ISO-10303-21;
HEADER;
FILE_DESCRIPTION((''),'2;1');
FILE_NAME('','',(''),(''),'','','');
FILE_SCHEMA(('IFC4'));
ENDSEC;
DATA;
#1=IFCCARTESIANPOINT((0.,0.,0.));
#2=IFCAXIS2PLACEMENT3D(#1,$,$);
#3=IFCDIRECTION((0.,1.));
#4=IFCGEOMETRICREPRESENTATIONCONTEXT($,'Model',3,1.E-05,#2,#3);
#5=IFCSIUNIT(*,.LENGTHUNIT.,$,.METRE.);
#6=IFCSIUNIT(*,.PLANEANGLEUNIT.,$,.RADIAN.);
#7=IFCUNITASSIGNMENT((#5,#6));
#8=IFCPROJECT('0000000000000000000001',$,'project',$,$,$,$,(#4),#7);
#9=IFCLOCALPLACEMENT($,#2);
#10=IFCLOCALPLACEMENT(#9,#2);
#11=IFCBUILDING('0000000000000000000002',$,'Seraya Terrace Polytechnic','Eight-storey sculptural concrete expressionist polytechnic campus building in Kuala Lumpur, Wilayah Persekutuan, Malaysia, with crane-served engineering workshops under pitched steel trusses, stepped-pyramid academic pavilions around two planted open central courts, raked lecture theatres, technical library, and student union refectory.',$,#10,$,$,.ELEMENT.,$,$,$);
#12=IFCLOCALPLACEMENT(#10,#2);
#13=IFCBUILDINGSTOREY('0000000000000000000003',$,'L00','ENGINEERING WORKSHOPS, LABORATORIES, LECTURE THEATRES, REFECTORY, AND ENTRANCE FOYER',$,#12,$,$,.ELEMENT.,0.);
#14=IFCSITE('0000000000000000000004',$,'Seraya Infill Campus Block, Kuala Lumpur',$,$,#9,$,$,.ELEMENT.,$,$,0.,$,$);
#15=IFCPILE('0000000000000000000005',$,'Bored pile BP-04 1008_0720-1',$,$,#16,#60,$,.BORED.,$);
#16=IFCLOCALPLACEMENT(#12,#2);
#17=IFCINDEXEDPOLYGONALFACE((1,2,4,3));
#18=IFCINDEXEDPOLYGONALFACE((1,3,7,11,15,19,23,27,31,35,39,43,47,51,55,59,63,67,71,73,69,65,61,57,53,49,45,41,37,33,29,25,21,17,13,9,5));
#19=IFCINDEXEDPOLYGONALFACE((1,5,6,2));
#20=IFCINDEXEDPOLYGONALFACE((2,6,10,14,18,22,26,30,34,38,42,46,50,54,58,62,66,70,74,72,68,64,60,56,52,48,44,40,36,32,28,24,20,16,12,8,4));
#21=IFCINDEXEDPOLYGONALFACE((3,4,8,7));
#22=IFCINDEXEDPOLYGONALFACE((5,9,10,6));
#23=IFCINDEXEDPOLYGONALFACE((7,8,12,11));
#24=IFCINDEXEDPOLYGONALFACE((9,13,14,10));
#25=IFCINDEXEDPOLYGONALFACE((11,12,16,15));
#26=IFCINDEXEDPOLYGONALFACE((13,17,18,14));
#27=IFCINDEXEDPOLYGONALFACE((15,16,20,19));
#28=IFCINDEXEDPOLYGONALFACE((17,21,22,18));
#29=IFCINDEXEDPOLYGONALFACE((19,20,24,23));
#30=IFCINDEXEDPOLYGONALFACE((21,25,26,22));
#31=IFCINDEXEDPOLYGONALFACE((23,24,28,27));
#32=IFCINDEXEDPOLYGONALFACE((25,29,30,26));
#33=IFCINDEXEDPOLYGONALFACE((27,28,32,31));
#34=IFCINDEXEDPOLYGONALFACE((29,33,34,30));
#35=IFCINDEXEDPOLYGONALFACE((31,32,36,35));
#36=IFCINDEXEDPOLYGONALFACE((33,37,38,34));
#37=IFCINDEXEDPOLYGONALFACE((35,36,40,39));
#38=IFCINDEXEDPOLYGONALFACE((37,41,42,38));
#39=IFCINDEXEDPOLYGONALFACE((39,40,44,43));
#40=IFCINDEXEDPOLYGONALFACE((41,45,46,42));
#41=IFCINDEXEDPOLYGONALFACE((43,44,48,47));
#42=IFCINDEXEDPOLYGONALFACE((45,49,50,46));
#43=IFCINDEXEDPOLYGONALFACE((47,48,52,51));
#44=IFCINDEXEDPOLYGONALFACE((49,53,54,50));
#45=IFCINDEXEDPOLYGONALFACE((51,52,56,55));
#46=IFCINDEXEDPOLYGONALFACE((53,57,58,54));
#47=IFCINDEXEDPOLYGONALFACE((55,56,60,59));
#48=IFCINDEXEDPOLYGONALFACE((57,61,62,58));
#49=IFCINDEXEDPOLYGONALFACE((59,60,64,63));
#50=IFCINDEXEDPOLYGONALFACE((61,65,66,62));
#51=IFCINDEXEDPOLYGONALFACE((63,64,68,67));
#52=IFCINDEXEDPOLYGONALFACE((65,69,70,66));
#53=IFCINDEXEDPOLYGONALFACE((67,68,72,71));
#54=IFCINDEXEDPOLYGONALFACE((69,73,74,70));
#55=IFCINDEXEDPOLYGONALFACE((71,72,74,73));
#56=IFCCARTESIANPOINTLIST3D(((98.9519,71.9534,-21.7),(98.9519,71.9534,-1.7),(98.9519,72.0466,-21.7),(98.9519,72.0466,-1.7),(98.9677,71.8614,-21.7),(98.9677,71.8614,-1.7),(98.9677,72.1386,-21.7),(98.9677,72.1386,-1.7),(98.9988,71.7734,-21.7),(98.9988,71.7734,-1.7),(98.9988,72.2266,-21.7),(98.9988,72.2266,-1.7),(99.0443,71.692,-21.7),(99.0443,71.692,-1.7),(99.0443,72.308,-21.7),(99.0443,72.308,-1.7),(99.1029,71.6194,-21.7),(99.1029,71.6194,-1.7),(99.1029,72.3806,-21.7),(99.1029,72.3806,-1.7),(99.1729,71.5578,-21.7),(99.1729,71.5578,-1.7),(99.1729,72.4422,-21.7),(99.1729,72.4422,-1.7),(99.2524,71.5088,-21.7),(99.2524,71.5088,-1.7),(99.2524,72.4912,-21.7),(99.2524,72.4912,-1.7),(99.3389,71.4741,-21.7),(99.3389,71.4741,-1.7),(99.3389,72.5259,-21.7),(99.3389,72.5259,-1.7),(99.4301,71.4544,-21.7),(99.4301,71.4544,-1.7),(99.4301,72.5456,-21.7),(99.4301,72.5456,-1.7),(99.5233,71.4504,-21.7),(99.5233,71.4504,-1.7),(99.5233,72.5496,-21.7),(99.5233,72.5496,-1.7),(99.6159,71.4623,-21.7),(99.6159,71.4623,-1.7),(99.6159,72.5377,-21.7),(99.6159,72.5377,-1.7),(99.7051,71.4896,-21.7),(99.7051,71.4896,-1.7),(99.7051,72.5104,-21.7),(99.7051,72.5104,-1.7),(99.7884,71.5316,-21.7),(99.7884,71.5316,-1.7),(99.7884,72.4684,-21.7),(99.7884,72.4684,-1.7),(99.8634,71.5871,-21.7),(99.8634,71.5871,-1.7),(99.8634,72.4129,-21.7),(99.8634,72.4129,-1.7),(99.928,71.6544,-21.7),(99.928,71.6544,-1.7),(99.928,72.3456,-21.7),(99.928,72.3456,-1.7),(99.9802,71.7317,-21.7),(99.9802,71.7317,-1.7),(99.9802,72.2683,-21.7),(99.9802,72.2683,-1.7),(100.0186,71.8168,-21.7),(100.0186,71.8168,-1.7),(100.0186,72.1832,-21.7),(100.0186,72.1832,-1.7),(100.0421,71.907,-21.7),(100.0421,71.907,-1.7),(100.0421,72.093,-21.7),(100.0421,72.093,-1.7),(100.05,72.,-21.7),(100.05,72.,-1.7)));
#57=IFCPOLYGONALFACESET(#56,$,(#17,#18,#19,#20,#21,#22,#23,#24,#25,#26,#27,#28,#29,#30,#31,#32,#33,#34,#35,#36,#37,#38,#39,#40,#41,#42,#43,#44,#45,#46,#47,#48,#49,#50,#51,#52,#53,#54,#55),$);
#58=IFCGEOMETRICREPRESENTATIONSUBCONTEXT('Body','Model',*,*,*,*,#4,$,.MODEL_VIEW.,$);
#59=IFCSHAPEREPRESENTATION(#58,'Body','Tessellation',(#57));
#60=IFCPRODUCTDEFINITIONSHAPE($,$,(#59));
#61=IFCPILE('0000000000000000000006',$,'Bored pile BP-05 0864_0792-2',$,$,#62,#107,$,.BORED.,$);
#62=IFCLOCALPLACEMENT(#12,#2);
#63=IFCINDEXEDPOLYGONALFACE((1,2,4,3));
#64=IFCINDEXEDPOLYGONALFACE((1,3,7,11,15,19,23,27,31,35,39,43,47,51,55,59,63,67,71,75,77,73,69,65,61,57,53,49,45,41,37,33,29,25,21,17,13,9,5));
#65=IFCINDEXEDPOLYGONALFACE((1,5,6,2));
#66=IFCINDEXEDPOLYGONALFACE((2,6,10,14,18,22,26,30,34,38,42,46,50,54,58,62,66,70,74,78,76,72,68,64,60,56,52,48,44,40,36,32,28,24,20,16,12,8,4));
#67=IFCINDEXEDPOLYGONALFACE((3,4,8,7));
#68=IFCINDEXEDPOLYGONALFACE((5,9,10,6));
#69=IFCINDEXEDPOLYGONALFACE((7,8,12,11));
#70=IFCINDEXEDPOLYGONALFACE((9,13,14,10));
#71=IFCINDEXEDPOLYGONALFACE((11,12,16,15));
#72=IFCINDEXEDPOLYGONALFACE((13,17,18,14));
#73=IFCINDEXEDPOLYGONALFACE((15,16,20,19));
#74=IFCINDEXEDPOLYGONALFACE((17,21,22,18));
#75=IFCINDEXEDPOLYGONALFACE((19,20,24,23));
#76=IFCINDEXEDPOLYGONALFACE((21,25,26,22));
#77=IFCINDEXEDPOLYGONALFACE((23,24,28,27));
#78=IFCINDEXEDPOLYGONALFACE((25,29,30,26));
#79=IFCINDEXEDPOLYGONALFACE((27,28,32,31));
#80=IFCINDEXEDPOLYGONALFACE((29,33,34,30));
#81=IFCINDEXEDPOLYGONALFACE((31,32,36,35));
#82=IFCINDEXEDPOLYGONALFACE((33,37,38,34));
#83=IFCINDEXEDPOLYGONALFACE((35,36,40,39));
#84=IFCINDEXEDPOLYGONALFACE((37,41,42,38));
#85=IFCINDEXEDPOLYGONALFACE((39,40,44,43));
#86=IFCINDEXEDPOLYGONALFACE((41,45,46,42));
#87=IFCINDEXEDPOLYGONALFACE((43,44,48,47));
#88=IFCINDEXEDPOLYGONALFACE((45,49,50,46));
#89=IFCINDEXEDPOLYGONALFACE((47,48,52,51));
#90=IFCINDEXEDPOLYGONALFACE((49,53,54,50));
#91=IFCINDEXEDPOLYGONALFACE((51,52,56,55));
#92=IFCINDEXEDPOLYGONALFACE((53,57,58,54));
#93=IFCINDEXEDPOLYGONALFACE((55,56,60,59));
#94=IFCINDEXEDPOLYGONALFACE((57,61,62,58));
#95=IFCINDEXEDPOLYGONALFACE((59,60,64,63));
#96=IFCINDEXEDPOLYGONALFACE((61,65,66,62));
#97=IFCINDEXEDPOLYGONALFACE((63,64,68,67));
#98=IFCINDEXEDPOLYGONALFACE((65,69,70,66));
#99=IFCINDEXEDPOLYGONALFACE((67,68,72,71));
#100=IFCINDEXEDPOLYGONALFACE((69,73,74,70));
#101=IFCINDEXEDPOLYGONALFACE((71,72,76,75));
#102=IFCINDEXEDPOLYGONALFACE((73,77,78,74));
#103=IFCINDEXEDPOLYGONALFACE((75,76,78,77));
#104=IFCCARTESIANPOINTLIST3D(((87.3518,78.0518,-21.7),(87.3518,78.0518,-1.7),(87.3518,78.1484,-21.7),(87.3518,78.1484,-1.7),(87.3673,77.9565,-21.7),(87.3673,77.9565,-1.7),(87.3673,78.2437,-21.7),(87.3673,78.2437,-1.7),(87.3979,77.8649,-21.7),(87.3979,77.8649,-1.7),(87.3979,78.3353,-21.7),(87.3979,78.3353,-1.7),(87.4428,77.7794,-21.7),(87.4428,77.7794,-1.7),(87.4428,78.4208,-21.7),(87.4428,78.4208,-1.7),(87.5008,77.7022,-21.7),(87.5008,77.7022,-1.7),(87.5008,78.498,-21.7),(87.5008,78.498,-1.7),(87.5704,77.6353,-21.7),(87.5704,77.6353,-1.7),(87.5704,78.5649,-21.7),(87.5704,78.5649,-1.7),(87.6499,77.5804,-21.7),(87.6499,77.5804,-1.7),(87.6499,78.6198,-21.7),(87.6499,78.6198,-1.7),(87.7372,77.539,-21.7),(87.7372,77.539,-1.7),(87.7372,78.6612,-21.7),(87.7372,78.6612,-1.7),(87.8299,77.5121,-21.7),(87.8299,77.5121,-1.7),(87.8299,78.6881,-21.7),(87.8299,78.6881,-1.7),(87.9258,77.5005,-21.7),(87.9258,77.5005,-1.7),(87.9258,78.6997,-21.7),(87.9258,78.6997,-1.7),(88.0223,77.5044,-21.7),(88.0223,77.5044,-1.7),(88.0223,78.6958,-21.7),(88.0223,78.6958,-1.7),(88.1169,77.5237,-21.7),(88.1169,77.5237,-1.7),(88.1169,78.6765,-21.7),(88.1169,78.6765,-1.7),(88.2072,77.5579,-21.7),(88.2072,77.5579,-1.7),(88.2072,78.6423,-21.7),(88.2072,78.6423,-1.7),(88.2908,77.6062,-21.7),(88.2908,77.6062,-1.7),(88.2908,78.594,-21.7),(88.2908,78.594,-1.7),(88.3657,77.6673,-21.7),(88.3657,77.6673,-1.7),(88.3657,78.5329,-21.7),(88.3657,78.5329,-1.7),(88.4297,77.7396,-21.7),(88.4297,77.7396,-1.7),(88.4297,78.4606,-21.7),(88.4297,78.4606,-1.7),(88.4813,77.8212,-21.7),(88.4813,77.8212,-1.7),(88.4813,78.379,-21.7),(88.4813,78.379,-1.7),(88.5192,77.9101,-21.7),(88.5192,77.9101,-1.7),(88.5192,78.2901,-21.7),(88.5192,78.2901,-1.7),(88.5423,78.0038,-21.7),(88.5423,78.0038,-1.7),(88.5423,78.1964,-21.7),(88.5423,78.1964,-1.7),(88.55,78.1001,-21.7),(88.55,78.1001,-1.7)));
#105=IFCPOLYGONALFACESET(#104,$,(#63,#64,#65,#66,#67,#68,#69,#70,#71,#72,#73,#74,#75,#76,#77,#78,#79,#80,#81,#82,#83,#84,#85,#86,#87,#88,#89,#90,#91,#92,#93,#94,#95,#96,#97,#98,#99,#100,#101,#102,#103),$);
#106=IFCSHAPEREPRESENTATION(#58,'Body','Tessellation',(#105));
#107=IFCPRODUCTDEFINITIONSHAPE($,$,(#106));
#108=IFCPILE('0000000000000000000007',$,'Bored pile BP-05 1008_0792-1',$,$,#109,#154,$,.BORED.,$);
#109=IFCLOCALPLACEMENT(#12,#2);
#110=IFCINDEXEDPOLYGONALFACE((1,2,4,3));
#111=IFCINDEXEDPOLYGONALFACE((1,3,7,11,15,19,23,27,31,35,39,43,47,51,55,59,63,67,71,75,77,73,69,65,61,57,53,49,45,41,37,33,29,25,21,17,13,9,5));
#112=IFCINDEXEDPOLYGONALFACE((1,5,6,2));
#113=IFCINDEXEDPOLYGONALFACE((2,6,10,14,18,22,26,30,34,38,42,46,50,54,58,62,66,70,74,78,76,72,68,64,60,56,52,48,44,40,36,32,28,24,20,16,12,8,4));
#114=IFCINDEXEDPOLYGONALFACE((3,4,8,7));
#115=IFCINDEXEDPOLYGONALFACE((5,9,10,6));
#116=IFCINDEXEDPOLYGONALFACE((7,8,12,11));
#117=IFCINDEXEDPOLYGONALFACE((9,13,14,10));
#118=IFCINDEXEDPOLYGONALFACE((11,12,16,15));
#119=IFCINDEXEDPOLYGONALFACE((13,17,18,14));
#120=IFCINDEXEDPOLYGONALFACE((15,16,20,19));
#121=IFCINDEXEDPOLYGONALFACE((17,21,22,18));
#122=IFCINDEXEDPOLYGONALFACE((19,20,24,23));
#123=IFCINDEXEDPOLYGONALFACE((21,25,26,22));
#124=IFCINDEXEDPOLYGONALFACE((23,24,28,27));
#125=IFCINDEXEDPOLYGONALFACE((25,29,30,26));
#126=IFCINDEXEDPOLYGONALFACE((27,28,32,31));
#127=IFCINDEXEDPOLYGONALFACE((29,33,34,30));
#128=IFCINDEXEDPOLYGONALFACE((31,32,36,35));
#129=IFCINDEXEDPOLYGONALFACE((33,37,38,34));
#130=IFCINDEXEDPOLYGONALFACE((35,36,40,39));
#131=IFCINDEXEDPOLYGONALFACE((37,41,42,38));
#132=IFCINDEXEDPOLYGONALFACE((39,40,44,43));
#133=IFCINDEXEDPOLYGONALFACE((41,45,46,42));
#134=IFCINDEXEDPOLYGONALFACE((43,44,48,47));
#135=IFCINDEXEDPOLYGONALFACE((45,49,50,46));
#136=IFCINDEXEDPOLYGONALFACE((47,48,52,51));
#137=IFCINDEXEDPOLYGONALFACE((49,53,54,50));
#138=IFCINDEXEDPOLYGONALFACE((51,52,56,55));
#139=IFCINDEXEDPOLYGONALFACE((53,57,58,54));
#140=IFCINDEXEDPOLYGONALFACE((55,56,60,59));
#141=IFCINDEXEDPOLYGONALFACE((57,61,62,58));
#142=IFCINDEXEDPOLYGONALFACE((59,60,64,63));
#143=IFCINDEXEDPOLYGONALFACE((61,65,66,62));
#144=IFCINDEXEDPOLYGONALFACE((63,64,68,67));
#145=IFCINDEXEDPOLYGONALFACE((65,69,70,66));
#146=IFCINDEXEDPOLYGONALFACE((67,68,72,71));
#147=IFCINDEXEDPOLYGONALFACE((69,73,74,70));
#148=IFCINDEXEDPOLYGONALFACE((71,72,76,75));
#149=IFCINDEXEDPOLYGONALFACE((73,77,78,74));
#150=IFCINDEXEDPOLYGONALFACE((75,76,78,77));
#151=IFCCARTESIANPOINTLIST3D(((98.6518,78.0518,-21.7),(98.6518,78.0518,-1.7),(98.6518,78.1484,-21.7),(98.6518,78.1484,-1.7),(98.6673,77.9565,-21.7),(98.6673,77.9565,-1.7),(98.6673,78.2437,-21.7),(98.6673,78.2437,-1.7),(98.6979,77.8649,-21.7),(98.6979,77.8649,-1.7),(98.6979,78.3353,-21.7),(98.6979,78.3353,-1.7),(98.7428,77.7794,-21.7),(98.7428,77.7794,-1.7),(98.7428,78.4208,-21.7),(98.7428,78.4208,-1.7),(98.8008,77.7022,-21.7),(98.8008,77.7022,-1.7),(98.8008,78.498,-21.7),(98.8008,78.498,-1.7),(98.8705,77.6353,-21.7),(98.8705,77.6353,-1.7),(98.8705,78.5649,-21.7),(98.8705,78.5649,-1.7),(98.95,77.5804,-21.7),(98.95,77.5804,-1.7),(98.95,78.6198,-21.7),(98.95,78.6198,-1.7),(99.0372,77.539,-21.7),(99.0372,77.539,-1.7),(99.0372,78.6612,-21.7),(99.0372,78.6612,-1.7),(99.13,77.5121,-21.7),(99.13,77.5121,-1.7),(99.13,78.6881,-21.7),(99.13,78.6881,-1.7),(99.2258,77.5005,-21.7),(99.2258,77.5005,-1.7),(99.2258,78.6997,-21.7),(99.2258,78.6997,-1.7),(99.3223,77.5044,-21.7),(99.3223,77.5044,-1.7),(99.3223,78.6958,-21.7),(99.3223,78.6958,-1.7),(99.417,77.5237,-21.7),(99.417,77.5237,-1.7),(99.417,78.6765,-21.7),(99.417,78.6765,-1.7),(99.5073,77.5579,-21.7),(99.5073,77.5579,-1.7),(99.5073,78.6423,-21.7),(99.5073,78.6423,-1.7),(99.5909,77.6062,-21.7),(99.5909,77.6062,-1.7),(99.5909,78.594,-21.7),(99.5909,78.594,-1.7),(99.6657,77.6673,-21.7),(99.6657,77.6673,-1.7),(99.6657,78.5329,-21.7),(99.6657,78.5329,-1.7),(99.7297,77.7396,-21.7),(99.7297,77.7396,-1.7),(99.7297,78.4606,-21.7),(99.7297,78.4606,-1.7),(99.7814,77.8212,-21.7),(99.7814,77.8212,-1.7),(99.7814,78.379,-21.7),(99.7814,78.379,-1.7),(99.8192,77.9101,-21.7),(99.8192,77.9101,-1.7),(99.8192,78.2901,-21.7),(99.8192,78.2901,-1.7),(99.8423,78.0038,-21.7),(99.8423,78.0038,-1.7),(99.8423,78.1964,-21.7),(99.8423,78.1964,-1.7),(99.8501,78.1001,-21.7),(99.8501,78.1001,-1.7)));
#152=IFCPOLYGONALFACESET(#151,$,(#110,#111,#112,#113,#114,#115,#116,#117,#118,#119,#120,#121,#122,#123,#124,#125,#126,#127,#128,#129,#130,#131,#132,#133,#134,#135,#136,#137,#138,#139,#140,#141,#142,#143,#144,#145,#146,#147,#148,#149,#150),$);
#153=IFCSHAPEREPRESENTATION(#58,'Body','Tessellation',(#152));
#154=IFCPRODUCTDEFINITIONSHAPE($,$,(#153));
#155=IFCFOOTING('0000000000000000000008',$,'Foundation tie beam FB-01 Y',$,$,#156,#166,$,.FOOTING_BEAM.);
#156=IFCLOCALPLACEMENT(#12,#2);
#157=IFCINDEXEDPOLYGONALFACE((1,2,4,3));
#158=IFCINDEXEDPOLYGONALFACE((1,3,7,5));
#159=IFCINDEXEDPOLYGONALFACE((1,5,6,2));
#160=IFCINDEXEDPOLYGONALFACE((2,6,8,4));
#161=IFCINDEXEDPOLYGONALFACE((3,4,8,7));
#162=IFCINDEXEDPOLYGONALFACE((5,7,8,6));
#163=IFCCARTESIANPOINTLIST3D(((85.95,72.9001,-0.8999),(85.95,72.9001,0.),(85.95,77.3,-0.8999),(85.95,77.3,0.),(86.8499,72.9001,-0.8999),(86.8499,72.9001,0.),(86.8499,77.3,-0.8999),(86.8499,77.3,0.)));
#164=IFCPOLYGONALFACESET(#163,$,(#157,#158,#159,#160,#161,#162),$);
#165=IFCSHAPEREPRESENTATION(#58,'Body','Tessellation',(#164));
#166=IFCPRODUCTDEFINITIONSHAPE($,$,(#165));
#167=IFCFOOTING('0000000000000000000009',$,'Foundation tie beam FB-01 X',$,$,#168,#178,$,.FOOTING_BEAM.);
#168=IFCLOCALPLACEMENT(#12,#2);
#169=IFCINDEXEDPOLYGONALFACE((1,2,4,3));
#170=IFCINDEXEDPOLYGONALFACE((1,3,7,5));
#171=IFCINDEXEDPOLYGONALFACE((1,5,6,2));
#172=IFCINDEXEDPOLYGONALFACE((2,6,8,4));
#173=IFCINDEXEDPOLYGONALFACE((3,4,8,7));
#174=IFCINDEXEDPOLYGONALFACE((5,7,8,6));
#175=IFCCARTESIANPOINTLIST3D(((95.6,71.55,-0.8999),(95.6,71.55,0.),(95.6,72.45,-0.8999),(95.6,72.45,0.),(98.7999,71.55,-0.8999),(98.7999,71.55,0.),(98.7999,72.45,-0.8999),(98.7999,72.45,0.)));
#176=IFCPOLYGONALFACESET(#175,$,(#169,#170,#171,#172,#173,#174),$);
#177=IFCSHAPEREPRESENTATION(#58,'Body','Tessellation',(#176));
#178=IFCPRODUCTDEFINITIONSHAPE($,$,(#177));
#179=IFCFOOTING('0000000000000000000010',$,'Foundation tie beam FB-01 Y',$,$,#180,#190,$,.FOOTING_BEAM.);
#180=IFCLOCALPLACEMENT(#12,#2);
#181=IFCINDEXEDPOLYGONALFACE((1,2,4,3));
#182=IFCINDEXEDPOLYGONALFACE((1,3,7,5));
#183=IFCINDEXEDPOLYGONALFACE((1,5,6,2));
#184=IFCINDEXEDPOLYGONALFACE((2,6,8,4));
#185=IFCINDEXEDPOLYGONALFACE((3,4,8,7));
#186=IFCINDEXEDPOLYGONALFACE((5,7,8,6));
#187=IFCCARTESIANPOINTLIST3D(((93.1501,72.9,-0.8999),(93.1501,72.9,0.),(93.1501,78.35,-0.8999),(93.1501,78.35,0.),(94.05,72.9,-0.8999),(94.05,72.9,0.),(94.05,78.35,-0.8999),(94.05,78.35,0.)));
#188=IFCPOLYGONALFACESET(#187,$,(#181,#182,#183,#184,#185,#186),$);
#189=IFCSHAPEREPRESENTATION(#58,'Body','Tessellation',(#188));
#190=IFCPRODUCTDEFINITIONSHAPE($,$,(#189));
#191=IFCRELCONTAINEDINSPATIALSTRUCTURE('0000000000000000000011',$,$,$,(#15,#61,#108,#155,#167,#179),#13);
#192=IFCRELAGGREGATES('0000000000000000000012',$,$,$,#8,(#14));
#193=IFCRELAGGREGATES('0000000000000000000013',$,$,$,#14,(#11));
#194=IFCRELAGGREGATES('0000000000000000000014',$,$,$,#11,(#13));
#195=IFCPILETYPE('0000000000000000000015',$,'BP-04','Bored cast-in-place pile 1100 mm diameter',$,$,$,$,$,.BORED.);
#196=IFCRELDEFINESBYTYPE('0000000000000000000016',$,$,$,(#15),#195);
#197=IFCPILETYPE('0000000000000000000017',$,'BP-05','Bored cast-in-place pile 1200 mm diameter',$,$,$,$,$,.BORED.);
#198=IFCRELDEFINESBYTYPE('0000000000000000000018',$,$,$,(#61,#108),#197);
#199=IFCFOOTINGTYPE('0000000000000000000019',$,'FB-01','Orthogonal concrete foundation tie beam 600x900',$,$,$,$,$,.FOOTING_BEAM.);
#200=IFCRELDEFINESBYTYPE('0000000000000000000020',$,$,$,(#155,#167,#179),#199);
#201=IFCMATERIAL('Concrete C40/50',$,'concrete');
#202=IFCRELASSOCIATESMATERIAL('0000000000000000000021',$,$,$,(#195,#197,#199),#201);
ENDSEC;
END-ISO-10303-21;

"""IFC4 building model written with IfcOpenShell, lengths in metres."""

from ifc_helpers import new_model, si_unit, direction, frame, origin, origin_2d, place, context, subcontext, project, spatial, rectangle, circle, extrude, material, material_profile, profile_set, type_object, element, save


model = new_model("IFC4")

# Units and contexts
model_context = context("Model", 3, precision=1e-05, world=origin(), true_north=direction((0.0, 1.0)))
body_context = subcontext(model_context, "Body", "Model", "MODEL_VIEW")
ifc_project = project(units=[si_unit("LENGTHUNIT", "METRE"), si_unit("PLANEANGLEUNIT", "RADIAN")], contexts=[model_context])

# Site, building, storey
site_placement = place(None, origin())
site = spatial("IfcSite", under=ifc_project, at=site_placement, Name="Seraya Infill Campus Block, Kuala Lumpur", CompositionType="ELEMENT", RefElevation=0.0)
building_placement = place(site_placement, origin())
building = spatial("IfcBuilding", under=site, at=building_placement, Name="Seraya Terrace Polytechnic", Description="Eight-storey sculptural concrete expressionist polytechnic campus building in Kuala Lumpur, Wilayah Persekutuan, Malaysia, with crane-served engineering workshops under pitched steel trusses, stepped-pyramid academic pavilions around two planted open central courts, raked lecture theatres, technical library, and student union refectory.", CompositionType="ELEMENT")
storey_placement = place(building_placement, origin())
storey = spatial("IfcBuildingStorey", under=building, at=storey_placement, Name="L00", Description="ENGINEERING WORKSHOPS, LABORATORIES, LECTURE THEATRES, REFECTORY, AND ENTRANCE FOYER", CompositionType="ELEMENT", Elevation=0.0)

# Piles
ifc_material_1 = material(Name="Concrete C40/50", Category="concrete")
ifc_material_profile_1 = material_profile(ifc_material_1, circle(Radius=0.55, at=origin_2d()), Name="DIA 1100")
ifc_profile_set_1 = profile_set([ifc_material_profile_1], Name="Concrete C40/50")
pile_type_1 = type_object("IfcPileType", Name="BP-04", Description="Bored cast-in-place pile 1100 mm diameter", PredefinedType="BORED", material=ifc_profile_set_1)
for number, where, z_axis, x_axis, name in (
    (1, (99.5, 72.0, -1.7), (0.0, 0.0, -1.0), (1.0, 0.0, 0.0), "Bored pile BP-04 1008_0720-1"),
):
    element("IfcPile", number, at=place(storey_placement, frame(where, z_axis=z_axis, x_axis=x_axis)), inside=storey, type_object=pile_type_1, Name=name, PredefinedType="BORED", context=body_context, shape_type="SweptSolid", body=[
        extrude(circle(Radius=0.55, at=origin_2d()), origin(), (0.0, 0.0, 1.0), 20.0),
    ])
ifc_material_profile_2 = material_profile(ifc_material_1, circle(Radius=0.6001, at=origin_2d()), Name="DIA 1200")
ifc_profile_set_2 = profile_set([ifc_material_profile_2], Name="Concrete C40/50")
pile_type_2 = type_object("IfcPileType", Name="BP-05", Description="Bored cast-in-place pile 1200 mm diameter", PredefinedType="BORED", material=ifc_profile_set_2)
for number, where, z_axis, x_axis, name in (
    (2, (87.95, 78.1001, -1.7), (0.0, 0.0, -1.0), (1.0, 0.0, 0.0), "Bored pile BP-05 0864_0792-2"),
    (3, (99.25, 78.1001, -1.7), (0.0, 0.0, -1.0), (1.0, 0.0, 0.0), "Bored pile BP-05 1008_0792-1"),
):
    element("IfcPile", number, at=place(storey_placement, frame(where, z_axis=z_axis, x_axis=x_axis)), inside=storey, type_object=pile_type_2, Name=name, PredefinedType="BORED", context=body_context, shape_type="SweptSolid", body=[
        extrude(circle(Radius=0.6001, at=origin_2d()), origin(), (0.0, 0.0, 1.0), 20.0),
    ])

# Footings
footing_type_1 = type_object("IfcFootingType", Name="FB-01", Description="Orthogonal concrete foundation tie beam 600x900", PredefinedType="FOOTING_BEAM", material=ifc_material_1)
footing_1_placement = place(storey_placement, frame((86.3999, 75.1001, -0.8999), z_axis=(0.0, 0.0, 1.0), x_axis=(0.0, 1.0, 0.0)))
element("IfcFooting", 4, at=footing_1_placement, inside=storey, type_object=footing_type_1, Name="Foundation tie beam FB-01 Y", PredefinedType="FOOTING_BEAM", context=body_context, shape_type="SweptSolid", body=[
    extrude(rectangle(XDim=4.3999, YDim=0.8999, at=origin_2d()), origin(), (0.0, 0.0, 1.0), 0.8999),
])
footing_2_placement = place(storey_placement, frame((97.2, 72.0, -0.8999), z_axis=(0.0, 0.0, 1.0), x_axis=(1.0, 0.0, 0.0)))
element("IfcFooting", 5, at=footing_2_placement, inside=storey, type_object=footing_type_1, Name="Foundation tie beam FB-01 X", PredefinedType="FOOTING_BEAM", context=body_context, shape_type="SweptSolid", body=[
    extrude(rectangle(XDim=3.2, YDim=0.8999, at=origin_2d()), origin(), (0.0, 0.0, 1.0), 0.8999),
])
footing_3_placement = place(storey_placement, frame((93.6001, 75.625, -0.8999), z_axis=(0.0, 0.0, 1.0), x_axis=(0.0, 1.0, 0.0)))
element("IfcFooting", 6, at=footing_3_placement, inside=storey, type_object=footing_type_1, Name="Foundation tie beam FB-01 Y", PredefinedType="FOOTING_BEAM", context=body_context, shape_type="SweptSolid", body=[
    extrude(rectangle(XDim=5.45, YDim=0.8999, at=origin_2d()), origin(), (0.0, 0.0, 1.0), 0.8999),
])

save(model, "model.ifc")
